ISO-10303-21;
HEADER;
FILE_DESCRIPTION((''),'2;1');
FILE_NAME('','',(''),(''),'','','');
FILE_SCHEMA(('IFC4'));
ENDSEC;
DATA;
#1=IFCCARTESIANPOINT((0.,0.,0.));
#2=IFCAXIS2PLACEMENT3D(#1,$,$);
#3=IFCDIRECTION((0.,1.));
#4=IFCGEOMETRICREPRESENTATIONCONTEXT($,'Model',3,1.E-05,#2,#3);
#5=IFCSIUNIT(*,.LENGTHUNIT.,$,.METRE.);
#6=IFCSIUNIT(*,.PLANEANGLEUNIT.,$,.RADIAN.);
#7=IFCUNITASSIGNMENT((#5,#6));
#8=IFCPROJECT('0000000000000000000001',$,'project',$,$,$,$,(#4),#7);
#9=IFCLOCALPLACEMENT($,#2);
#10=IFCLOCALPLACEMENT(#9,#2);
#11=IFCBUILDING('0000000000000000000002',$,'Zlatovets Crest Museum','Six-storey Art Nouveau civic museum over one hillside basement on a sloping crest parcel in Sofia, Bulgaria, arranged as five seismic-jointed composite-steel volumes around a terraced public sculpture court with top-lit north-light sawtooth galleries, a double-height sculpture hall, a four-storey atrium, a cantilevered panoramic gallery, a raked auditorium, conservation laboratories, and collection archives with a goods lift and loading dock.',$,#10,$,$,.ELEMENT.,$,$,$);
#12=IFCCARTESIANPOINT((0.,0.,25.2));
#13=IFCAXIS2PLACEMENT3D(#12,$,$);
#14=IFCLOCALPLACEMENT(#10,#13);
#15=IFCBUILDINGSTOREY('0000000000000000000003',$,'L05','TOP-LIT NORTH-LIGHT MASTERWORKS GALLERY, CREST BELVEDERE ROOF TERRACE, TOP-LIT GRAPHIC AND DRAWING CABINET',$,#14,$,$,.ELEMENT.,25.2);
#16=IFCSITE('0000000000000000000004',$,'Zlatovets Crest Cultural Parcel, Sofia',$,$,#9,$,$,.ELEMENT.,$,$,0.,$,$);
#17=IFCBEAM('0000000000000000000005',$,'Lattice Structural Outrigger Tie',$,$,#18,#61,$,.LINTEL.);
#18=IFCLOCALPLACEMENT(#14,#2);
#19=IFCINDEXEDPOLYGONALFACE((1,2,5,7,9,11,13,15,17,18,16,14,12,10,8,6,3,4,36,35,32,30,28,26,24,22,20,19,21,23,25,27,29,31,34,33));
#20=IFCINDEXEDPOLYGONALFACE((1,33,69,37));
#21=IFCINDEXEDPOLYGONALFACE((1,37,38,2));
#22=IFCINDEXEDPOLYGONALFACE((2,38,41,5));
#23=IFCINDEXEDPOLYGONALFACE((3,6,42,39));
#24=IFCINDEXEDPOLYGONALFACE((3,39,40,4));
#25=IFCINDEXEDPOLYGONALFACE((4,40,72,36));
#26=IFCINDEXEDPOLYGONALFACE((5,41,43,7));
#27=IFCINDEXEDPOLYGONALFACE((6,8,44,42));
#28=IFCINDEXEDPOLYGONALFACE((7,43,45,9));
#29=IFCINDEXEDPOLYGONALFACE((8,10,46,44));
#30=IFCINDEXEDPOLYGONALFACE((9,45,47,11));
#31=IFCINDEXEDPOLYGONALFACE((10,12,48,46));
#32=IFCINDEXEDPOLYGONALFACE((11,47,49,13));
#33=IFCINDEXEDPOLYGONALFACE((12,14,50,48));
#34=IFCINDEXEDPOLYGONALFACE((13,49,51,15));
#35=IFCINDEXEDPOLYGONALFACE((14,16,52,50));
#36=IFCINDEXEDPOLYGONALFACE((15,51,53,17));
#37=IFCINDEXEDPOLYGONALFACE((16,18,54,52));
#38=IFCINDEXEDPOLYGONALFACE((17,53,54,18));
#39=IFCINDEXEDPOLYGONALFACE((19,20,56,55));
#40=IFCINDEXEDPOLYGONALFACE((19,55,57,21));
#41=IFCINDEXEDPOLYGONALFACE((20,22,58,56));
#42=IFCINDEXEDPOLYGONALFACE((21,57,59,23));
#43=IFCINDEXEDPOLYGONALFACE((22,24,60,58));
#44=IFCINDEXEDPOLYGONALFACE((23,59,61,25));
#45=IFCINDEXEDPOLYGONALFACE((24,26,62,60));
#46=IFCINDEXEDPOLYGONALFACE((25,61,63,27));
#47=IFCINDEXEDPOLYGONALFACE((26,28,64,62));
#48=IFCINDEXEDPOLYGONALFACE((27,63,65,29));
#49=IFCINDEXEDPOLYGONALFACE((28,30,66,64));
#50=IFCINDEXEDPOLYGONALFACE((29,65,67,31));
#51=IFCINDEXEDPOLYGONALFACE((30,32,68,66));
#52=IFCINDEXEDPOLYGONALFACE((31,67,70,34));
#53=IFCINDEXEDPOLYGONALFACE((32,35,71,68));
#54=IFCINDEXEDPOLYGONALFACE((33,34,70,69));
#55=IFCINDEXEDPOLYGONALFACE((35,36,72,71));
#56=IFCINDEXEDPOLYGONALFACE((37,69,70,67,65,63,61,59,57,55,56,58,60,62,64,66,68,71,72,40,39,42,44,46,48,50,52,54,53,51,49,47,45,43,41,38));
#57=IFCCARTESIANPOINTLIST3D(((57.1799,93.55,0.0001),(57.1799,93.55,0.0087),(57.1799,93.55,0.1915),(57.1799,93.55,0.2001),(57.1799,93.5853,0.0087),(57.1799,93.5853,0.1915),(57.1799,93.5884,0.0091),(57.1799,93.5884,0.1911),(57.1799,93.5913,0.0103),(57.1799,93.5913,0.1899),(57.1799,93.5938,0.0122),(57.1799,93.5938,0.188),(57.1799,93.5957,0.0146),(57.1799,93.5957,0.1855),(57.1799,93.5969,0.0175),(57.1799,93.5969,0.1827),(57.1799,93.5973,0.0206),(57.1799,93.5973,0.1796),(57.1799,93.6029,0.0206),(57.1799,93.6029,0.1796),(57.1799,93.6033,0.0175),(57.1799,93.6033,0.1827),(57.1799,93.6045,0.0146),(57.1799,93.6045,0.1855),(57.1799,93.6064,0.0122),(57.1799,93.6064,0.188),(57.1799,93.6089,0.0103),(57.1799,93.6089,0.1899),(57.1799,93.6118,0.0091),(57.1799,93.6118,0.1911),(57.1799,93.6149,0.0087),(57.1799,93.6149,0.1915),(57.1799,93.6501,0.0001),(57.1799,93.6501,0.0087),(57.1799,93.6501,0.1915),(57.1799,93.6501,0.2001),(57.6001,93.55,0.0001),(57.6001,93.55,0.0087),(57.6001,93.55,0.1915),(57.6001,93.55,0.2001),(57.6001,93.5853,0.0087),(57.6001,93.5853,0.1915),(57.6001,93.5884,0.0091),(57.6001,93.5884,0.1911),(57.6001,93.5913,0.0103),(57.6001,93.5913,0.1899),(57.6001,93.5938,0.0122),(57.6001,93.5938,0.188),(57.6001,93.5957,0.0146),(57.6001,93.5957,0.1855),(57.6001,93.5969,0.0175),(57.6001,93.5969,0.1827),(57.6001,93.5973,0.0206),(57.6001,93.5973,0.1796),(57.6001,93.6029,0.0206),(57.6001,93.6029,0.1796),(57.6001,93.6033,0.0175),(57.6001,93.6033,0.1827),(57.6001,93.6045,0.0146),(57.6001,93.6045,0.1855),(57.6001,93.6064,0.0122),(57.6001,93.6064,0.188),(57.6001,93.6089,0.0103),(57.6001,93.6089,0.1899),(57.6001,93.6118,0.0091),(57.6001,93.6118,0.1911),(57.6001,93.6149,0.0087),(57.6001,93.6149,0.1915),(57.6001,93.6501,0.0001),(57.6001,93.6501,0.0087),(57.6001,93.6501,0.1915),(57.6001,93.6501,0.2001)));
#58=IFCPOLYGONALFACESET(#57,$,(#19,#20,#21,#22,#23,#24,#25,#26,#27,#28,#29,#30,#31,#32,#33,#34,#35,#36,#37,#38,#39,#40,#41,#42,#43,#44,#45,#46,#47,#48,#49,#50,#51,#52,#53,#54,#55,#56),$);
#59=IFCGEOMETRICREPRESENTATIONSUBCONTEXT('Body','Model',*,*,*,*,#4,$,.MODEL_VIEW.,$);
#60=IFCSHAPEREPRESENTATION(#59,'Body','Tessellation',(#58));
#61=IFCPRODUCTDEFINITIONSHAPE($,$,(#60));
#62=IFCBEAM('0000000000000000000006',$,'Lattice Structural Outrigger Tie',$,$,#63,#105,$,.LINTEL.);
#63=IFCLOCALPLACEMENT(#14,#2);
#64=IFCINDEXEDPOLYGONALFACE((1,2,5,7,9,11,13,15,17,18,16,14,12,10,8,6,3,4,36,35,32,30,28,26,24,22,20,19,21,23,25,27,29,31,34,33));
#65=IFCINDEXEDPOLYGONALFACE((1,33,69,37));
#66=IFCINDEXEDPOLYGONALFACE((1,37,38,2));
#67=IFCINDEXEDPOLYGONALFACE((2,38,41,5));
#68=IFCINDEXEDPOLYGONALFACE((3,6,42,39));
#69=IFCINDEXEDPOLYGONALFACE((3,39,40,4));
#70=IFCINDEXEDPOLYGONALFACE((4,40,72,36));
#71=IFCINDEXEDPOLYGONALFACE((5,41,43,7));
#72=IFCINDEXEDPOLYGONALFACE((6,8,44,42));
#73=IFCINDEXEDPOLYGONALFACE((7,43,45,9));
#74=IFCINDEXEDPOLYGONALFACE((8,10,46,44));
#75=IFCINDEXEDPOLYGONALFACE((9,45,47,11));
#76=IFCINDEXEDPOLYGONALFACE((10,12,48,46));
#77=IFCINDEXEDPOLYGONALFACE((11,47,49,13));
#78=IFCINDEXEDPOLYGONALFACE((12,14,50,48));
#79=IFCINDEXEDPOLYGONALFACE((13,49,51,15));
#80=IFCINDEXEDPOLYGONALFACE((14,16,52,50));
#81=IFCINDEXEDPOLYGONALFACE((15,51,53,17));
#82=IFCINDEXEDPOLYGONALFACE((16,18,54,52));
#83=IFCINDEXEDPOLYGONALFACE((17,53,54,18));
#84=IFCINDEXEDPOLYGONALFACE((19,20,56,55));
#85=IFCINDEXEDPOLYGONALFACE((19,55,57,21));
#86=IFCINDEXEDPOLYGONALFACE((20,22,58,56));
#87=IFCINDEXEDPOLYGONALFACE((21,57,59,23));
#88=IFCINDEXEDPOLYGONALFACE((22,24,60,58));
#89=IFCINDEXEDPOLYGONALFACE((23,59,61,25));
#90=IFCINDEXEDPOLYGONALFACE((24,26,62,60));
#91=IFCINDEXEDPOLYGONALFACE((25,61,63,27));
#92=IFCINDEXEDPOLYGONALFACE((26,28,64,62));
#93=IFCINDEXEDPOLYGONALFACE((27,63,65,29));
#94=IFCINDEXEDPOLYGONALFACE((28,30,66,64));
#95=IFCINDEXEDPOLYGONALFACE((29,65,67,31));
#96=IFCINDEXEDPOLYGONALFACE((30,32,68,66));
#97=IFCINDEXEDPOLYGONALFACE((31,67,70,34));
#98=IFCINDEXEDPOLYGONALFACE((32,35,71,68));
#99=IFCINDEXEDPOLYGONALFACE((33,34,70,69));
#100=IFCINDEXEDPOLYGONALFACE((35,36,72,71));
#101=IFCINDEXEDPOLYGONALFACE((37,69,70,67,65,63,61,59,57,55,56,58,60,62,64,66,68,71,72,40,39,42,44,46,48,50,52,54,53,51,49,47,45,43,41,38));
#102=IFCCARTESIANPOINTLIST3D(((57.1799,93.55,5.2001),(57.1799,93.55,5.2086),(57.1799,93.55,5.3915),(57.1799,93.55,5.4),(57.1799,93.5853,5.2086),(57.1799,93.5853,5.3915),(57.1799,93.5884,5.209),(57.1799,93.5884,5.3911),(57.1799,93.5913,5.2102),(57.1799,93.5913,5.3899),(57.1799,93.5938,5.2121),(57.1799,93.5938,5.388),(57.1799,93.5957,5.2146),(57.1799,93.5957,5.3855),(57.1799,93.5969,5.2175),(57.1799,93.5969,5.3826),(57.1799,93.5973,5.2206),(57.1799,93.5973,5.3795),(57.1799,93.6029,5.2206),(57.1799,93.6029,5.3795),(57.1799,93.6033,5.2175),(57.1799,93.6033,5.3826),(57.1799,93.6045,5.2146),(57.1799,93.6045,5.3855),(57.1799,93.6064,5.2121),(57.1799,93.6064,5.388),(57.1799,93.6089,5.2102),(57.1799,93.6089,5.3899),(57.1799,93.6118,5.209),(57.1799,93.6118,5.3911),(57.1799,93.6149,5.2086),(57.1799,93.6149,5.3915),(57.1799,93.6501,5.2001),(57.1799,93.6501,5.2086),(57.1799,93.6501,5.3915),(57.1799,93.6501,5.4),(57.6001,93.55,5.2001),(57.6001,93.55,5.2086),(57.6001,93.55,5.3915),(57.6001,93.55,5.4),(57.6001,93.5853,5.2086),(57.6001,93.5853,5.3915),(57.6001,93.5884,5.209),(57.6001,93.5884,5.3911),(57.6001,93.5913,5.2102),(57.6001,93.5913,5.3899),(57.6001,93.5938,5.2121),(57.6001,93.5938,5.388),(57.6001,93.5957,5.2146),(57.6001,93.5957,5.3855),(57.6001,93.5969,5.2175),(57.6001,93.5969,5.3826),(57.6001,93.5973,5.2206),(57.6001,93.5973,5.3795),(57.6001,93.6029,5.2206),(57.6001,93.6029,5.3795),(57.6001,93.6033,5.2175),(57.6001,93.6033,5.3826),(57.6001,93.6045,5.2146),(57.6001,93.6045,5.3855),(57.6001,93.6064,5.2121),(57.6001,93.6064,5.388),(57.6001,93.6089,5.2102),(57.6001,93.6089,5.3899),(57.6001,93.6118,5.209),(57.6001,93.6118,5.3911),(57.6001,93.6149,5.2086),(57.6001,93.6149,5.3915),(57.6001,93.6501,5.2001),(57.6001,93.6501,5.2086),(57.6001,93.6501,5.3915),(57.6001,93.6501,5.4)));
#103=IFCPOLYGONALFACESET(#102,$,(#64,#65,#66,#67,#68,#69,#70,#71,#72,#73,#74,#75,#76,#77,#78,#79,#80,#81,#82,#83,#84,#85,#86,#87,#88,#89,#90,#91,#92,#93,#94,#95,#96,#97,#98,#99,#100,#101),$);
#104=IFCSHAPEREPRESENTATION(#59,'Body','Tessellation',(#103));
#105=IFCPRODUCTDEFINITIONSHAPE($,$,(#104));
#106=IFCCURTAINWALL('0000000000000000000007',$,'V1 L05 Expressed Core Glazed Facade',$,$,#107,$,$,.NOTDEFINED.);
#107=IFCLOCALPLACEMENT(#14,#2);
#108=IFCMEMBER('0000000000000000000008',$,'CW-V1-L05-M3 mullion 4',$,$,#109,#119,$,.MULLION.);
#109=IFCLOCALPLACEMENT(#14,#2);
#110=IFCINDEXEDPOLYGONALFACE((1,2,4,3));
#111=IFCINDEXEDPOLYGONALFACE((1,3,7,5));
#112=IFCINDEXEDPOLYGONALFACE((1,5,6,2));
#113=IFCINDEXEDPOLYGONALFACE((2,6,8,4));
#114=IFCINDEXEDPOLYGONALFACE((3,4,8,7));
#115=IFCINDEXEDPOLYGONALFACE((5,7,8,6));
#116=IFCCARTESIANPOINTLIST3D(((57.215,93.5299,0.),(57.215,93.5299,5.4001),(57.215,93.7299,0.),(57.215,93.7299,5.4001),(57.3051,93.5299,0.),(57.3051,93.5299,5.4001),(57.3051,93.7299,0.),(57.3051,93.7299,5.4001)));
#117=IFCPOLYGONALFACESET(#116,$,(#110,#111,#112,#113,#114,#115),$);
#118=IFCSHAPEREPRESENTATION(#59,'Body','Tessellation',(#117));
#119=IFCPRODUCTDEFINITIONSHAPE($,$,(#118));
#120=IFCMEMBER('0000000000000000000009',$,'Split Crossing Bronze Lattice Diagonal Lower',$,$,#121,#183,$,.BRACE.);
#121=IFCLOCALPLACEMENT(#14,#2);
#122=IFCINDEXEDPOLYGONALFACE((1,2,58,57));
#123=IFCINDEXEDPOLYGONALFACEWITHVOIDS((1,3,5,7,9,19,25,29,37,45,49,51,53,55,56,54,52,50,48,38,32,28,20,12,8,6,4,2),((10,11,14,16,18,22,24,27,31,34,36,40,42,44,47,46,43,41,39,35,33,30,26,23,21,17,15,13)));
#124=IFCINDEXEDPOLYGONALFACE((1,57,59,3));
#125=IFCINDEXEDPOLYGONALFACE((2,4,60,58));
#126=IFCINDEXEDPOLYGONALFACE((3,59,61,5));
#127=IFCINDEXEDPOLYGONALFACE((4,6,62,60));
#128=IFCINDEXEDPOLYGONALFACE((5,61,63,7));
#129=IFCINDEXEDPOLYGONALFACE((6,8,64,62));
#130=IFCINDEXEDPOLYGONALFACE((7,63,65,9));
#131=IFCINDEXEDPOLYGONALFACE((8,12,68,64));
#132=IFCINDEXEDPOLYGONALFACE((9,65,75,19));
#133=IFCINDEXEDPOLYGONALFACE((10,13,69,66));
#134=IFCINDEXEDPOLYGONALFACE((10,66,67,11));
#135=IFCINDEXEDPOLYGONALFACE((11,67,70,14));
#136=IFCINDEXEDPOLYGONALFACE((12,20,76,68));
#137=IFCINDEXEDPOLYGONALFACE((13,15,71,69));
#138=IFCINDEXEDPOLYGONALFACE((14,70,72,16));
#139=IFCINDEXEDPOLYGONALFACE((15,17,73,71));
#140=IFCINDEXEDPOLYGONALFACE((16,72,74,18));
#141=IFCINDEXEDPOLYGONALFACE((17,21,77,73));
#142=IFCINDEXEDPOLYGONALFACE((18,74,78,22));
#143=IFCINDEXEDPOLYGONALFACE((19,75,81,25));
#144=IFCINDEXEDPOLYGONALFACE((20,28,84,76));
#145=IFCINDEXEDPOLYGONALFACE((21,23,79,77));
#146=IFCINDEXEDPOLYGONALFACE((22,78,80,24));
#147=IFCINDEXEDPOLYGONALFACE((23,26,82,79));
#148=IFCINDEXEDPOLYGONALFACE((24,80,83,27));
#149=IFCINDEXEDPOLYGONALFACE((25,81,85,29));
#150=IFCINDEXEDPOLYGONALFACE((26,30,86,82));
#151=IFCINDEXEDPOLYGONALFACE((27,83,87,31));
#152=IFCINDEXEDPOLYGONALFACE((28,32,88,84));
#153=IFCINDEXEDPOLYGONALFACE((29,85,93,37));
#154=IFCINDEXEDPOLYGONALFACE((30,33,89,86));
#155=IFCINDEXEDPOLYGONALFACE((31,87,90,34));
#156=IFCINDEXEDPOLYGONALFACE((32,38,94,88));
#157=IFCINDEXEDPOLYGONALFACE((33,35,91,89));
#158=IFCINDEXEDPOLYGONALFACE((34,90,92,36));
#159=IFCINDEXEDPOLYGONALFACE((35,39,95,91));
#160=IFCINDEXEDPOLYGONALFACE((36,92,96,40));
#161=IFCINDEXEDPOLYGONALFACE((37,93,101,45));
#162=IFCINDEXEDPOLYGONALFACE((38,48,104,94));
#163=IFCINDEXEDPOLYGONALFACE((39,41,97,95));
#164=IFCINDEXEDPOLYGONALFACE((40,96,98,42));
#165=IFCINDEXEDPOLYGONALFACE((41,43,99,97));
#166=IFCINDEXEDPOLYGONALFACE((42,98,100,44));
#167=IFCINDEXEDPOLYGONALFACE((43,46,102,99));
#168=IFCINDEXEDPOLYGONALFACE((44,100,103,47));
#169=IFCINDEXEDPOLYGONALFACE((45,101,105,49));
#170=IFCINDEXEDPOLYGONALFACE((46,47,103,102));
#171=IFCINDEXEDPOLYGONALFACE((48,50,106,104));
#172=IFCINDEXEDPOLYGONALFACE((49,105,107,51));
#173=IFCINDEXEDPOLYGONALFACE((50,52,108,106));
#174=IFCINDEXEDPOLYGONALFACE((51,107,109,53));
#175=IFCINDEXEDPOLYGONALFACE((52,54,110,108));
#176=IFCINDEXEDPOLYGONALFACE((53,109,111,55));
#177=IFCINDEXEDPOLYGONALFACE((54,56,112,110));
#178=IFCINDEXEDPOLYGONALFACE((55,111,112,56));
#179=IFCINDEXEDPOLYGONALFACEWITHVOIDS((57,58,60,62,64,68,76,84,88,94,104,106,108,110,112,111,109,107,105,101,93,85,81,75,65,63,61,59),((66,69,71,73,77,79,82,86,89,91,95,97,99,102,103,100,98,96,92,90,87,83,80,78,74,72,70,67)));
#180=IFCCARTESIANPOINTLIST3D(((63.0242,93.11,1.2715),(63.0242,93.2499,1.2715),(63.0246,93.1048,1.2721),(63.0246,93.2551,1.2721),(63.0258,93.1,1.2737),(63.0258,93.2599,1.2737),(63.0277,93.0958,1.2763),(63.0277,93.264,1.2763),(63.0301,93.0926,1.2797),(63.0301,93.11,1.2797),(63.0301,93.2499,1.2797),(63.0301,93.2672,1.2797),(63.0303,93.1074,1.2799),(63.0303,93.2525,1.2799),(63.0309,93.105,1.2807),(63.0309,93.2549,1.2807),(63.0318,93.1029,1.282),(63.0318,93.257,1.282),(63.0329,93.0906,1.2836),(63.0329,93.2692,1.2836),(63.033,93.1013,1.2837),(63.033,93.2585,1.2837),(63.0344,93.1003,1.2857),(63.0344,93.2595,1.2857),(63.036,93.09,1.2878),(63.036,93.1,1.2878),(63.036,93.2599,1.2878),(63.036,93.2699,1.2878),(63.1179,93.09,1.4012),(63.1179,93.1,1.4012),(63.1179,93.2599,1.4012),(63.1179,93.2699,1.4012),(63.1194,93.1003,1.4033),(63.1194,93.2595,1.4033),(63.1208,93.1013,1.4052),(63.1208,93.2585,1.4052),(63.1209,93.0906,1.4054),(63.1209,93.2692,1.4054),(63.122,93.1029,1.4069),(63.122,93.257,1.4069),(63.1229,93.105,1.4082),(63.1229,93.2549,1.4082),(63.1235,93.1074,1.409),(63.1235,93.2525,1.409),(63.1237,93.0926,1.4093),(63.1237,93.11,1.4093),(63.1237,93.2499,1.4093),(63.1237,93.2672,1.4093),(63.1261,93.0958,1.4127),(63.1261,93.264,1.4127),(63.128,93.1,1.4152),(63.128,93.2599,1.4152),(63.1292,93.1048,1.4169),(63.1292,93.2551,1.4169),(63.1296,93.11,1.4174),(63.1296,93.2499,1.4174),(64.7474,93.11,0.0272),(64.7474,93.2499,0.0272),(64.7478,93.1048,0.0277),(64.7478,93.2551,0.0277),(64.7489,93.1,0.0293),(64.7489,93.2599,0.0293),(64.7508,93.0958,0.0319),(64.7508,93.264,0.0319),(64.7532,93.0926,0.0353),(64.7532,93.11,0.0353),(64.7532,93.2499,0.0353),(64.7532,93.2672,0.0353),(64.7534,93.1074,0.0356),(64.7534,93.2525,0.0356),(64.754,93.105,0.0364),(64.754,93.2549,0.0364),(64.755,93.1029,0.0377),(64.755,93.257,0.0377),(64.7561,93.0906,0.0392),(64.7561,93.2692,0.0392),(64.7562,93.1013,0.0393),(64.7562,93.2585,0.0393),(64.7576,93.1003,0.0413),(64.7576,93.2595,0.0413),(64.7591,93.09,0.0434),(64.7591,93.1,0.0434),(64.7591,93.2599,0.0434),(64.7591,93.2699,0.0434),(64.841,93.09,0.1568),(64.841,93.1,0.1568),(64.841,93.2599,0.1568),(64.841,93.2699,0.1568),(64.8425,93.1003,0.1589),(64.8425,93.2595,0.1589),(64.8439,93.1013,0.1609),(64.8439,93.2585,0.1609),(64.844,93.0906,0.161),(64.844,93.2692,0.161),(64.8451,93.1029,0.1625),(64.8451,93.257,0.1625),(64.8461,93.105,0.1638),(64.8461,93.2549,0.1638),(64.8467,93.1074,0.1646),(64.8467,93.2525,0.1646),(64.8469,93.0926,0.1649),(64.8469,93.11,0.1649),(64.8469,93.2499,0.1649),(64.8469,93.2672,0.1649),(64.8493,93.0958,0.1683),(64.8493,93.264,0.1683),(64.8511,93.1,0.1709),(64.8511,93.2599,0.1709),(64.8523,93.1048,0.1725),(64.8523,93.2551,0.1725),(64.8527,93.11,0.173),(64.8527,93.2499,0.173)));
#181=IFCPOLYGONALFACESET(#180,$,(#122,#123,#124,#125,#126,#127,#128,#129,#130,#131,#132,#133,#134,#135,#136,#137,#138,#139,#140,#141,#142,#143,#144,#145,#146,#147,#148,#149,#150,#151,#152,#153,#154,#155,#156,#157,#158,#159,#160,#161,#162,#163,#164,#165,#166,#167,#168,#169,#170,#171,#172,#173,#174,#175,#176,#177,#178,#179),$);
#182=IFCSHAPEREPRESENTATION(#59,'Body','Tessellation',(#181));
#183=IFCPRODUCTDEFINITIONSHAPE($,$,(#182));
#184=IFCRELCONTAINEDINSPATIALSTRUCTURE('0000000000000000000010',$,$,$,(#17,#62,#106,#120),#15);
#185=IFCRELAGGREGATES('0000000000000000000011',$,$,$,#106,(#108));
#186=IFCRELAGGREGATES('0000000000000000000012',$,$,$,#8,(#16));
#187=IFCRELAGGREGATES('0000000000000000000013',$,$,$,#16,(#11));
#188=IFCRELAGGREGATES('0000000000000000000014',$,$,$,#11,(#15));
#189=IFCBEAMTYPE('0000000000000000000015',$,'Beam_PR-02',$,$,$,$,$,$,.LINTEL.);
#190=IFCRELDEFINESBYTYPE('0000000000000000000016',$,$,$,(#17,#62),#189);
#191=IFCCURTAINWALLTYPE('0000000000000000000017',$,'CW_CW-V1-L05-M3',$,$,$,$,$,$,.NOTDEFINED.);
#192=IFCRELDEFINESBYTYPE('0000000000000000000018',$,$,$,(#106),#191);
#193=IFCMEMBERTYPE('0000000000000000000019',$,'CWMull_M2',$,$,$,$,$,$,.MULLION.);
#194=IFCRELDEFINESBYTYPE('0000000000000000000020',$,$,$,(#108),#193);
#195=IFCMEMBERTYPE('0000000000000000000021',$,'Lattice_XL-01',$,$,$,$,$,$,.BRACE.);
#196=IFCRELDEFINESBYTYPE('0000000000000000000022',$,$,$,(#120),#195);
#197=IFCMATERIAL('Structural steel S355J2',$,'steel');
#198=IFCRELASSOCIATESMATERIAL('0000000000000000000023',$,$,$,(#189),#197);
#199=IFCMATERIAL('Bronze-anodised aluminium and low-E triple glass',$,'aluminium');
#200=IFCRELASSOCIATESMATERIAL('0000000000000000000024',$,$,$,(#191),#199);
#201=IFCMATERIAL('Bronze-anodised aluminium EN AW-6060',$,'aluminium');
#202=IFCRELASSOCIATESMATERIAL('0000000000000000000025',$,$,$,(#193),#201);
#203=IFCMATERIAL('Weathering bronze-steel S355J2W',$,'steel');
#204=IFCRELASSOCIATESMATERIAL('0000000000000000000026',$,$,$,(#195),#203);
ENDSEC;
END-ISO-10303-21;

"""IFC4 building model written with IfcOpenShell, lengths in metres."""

from ifc_helpers import new_model, si_unit, direction, frame, origin, origin_2d, place, context, subcontext, project, spatial, rectangle, hollow_rectangle, i_section, extrude, material, material_profile, profile_set, type_object, element, aggregate, save


model = new_model("IFC4")

# Units and contexts
model_context = context("Model", 3, precision=1e-05, world=origin(), true_north=direction((0.0, 1.0)))
body_context = subcontext(model_context, "Body", "Model", "MODEL_VIEW")
ifc_project = project(units=[si_unit("LENGTHUNIT", "METRE"), si_unit("PLANEANGLEUNIT", "RADIAN")], contexts=[model_context])

# Site, building, storey
site_placement = place(None, origin())
site = spatial("IfcSite", under=ifc_project, at=site_placement, Name="Zlatovets Crest Cultural Parcel, Sofia", CompositionType="ELEMENT", RefElevation=0.0)
building_placement = place(site_placement, origin())
building = spatial("IfcBuilding", under=site, at=building_placement, Name="Zlatovets Crest Museum", Description="Six-storey Art Nouveau civic museum over one hillside basement on a sloping crest parcel in Sofia, Bulgaria, arranged as five seismic-jointed composite-steel volumes around a terraced public sculpture court with top-lit north-light sawtooth galleries, a double-height sculpture hall, a four-storey atrium, a cantilevered panoramic gallery, a raked auditorium, conservation laboratories, and collection archives with a goods lift and loading dock.", CompositionType="ELEMENT")
storey_placement = place(building_placement, frame((0.0, 0.0, 25.2)))
storey = spatial("IfcBuildingStorey", under=building, at=storey_placement, Name="L05", Description="TOP-LIT NORTH-LIGHT MASTERWORKS GALLERY, CREST BELVEDERE ROOF TERRACE, TOP-LIT GRAPHIC AND DRAWING CABINET", CompositionType="ELEMENT", Elevation=25.2)

# Shared definitions
ifc_material_1 = material(Name="Structural steel S355J2", Category="steel")

# Beams
ifc_material_profile_1 = material_profile(ifc_material_1, i_section(OverallWidth=0.1001, OverallDepth=0.2, WebThickness=0.0056, FlangeThickness=0.0085, FilletRadius=0.012, at=origin_2d()), Name="IPE 200")
ifc_profile_set_1 = profile_set([ifc_material_profile_1], Name="Structural steel S355J2")
beam_type_1 = type_object("IfcBeamType", Name="Beam_PR-02", PredefinedType="LINTEL", material=ifc_profile_set_1)
for number, where, z_axis, x_axis, name in (
    (1, (57.6001, 93.6001, 0.1001), (-1.0, 0.0, 0.0), (0.0, -1.0, 0.0), "Lattice Structural Outrigger Tie"),
    (2, (57.6001, 93.6001, 5.3), (-1.0, 0.0, 0.0), (0.0, -1.0, 0.0), "Lattice Structural Outrigger Tie"),
):
    element("IfcBeam", number, at=place(storey_placement, frame(where, z_axis=z_axis, x_axis=x_axis)), inside=storey, type_object=beam_type_1, Name=name, PredefinedType="LINTEL", context=body_context, shape_type="SweptSolid", body=[
        extrude(i_section(OverallWidth=0.1001, OverallDepth=0.2, WebThickness=0.0056, FlangeThickness=0.0085, FilletRadius=0.012, at=origin_2d()), origin(), (0.0, 0.0, 1.0), 0.4202),
    ])

# Curtain wall, member
ifc_material_2 = material(Name="Bronze-anodised aluminium and low-E triple glass", Category="aluminium")
curtain_wall_type = type_object("IfcCurtainWallType", Name="CW_CW-V1-L05-M3", PredefinedType="NOTDEFINED", material=ifc_material_2)
curtain_wall_placement = place(storey_placement, origin())
curtain_wall = element("IfcCurtainWall", 3, at=curtain_wall_placement, inside=storey, type_object=curtain_wall_type, Name="V1 L05 Expressed Core Glazed Facade", PredefinedType="NOTDEFINED")
ifc_material_3 = material(Name="Bronze-anodised aluminium EN AW-6060", Category="aluminium")
ifc_material_profile_2 = material_profile(ifc_material_3, rectangle(XDim=0.0901, YDim=0.2, at=origin_2d()), Name="ALU 90x200")
ifc_profile_set_2 = profile_set([ifc_material_profile_2], Name="Bronze-anodised aluminium EN AW-6060")
member_type_1 = type_object("IfcMemberType", Name="CWMull_M2", PredefinedType="MULLION", material=ifc_profile_set_2)
member_1_placement = place(storey_placement, frame((57.26, 93.6299, 0.0), z_axis=(0.0, 0.0, 1.0), x_axis=(1.0, 0.0, 0.0)))
member_1 = element("IfcMember", 4, at=member_1_placement, type_object=member_type_1, Name="CW-V1-L05-M3 mullion 4", PredefinedType="MULLION", context=body_context, shape_type="SweptSolid", body=[
    extrude(rectangle(XDim=0.0901, YDim=0.2, at=origin_2d()), origin(), (0.0, 0.0, 1.0), 5.4001),
])
aggregate(curtain_wall, [member_1])

# Member
ifc_material_4 = material(Name="Weathering bronze-steel S355J2W", Category="steel")
ifc_material_profile_3 = material_profile(ifc_material_4, hollow_rectangle(XDim=0.1799, YDim=0.1799, WallThickness=0.01, InnerFilletRadius=0.01, OuterFilletRadius=0.02, at=origin_2d()), Name="SHS 180x180x10.0")
ifc_profile_set_3 = profile_set([ifc_material_profile_3], Name="Weathering bronze-steel S355J2W")
member_type_2 = type_object("IfcMemberType", Name="Lattice_XL-01", PredefinedType="BRACE", material=ifc_profile_set_3)
member_2_placement = place(storey_placement, frame((63.0769, 93.1799, 1.3445), z_axis=(0.810703, 0.0, -0.585457), x_axis=(0.0, 1.0, 0.0)))
element("IfcMember", 5, at=member_2_placement, inside=storey, type_object=member_type_2, Name="Split Crossing Bronze Lattice Diagonal Lower", PredefinedType="BRACE", context=body_context, shape_type="SweptSolid", body=[
    extrude(hollow_rectangle(XDim=0.1799, YDim=0.1799, WallThickness=0.01, InnerFilletRadius=0.01, OuterFilletRadius=0.02, at=origin_2d()), origin(), (0.0, 0.0, 1.0), 2.1255),
])

save(model, "model.ifc")
